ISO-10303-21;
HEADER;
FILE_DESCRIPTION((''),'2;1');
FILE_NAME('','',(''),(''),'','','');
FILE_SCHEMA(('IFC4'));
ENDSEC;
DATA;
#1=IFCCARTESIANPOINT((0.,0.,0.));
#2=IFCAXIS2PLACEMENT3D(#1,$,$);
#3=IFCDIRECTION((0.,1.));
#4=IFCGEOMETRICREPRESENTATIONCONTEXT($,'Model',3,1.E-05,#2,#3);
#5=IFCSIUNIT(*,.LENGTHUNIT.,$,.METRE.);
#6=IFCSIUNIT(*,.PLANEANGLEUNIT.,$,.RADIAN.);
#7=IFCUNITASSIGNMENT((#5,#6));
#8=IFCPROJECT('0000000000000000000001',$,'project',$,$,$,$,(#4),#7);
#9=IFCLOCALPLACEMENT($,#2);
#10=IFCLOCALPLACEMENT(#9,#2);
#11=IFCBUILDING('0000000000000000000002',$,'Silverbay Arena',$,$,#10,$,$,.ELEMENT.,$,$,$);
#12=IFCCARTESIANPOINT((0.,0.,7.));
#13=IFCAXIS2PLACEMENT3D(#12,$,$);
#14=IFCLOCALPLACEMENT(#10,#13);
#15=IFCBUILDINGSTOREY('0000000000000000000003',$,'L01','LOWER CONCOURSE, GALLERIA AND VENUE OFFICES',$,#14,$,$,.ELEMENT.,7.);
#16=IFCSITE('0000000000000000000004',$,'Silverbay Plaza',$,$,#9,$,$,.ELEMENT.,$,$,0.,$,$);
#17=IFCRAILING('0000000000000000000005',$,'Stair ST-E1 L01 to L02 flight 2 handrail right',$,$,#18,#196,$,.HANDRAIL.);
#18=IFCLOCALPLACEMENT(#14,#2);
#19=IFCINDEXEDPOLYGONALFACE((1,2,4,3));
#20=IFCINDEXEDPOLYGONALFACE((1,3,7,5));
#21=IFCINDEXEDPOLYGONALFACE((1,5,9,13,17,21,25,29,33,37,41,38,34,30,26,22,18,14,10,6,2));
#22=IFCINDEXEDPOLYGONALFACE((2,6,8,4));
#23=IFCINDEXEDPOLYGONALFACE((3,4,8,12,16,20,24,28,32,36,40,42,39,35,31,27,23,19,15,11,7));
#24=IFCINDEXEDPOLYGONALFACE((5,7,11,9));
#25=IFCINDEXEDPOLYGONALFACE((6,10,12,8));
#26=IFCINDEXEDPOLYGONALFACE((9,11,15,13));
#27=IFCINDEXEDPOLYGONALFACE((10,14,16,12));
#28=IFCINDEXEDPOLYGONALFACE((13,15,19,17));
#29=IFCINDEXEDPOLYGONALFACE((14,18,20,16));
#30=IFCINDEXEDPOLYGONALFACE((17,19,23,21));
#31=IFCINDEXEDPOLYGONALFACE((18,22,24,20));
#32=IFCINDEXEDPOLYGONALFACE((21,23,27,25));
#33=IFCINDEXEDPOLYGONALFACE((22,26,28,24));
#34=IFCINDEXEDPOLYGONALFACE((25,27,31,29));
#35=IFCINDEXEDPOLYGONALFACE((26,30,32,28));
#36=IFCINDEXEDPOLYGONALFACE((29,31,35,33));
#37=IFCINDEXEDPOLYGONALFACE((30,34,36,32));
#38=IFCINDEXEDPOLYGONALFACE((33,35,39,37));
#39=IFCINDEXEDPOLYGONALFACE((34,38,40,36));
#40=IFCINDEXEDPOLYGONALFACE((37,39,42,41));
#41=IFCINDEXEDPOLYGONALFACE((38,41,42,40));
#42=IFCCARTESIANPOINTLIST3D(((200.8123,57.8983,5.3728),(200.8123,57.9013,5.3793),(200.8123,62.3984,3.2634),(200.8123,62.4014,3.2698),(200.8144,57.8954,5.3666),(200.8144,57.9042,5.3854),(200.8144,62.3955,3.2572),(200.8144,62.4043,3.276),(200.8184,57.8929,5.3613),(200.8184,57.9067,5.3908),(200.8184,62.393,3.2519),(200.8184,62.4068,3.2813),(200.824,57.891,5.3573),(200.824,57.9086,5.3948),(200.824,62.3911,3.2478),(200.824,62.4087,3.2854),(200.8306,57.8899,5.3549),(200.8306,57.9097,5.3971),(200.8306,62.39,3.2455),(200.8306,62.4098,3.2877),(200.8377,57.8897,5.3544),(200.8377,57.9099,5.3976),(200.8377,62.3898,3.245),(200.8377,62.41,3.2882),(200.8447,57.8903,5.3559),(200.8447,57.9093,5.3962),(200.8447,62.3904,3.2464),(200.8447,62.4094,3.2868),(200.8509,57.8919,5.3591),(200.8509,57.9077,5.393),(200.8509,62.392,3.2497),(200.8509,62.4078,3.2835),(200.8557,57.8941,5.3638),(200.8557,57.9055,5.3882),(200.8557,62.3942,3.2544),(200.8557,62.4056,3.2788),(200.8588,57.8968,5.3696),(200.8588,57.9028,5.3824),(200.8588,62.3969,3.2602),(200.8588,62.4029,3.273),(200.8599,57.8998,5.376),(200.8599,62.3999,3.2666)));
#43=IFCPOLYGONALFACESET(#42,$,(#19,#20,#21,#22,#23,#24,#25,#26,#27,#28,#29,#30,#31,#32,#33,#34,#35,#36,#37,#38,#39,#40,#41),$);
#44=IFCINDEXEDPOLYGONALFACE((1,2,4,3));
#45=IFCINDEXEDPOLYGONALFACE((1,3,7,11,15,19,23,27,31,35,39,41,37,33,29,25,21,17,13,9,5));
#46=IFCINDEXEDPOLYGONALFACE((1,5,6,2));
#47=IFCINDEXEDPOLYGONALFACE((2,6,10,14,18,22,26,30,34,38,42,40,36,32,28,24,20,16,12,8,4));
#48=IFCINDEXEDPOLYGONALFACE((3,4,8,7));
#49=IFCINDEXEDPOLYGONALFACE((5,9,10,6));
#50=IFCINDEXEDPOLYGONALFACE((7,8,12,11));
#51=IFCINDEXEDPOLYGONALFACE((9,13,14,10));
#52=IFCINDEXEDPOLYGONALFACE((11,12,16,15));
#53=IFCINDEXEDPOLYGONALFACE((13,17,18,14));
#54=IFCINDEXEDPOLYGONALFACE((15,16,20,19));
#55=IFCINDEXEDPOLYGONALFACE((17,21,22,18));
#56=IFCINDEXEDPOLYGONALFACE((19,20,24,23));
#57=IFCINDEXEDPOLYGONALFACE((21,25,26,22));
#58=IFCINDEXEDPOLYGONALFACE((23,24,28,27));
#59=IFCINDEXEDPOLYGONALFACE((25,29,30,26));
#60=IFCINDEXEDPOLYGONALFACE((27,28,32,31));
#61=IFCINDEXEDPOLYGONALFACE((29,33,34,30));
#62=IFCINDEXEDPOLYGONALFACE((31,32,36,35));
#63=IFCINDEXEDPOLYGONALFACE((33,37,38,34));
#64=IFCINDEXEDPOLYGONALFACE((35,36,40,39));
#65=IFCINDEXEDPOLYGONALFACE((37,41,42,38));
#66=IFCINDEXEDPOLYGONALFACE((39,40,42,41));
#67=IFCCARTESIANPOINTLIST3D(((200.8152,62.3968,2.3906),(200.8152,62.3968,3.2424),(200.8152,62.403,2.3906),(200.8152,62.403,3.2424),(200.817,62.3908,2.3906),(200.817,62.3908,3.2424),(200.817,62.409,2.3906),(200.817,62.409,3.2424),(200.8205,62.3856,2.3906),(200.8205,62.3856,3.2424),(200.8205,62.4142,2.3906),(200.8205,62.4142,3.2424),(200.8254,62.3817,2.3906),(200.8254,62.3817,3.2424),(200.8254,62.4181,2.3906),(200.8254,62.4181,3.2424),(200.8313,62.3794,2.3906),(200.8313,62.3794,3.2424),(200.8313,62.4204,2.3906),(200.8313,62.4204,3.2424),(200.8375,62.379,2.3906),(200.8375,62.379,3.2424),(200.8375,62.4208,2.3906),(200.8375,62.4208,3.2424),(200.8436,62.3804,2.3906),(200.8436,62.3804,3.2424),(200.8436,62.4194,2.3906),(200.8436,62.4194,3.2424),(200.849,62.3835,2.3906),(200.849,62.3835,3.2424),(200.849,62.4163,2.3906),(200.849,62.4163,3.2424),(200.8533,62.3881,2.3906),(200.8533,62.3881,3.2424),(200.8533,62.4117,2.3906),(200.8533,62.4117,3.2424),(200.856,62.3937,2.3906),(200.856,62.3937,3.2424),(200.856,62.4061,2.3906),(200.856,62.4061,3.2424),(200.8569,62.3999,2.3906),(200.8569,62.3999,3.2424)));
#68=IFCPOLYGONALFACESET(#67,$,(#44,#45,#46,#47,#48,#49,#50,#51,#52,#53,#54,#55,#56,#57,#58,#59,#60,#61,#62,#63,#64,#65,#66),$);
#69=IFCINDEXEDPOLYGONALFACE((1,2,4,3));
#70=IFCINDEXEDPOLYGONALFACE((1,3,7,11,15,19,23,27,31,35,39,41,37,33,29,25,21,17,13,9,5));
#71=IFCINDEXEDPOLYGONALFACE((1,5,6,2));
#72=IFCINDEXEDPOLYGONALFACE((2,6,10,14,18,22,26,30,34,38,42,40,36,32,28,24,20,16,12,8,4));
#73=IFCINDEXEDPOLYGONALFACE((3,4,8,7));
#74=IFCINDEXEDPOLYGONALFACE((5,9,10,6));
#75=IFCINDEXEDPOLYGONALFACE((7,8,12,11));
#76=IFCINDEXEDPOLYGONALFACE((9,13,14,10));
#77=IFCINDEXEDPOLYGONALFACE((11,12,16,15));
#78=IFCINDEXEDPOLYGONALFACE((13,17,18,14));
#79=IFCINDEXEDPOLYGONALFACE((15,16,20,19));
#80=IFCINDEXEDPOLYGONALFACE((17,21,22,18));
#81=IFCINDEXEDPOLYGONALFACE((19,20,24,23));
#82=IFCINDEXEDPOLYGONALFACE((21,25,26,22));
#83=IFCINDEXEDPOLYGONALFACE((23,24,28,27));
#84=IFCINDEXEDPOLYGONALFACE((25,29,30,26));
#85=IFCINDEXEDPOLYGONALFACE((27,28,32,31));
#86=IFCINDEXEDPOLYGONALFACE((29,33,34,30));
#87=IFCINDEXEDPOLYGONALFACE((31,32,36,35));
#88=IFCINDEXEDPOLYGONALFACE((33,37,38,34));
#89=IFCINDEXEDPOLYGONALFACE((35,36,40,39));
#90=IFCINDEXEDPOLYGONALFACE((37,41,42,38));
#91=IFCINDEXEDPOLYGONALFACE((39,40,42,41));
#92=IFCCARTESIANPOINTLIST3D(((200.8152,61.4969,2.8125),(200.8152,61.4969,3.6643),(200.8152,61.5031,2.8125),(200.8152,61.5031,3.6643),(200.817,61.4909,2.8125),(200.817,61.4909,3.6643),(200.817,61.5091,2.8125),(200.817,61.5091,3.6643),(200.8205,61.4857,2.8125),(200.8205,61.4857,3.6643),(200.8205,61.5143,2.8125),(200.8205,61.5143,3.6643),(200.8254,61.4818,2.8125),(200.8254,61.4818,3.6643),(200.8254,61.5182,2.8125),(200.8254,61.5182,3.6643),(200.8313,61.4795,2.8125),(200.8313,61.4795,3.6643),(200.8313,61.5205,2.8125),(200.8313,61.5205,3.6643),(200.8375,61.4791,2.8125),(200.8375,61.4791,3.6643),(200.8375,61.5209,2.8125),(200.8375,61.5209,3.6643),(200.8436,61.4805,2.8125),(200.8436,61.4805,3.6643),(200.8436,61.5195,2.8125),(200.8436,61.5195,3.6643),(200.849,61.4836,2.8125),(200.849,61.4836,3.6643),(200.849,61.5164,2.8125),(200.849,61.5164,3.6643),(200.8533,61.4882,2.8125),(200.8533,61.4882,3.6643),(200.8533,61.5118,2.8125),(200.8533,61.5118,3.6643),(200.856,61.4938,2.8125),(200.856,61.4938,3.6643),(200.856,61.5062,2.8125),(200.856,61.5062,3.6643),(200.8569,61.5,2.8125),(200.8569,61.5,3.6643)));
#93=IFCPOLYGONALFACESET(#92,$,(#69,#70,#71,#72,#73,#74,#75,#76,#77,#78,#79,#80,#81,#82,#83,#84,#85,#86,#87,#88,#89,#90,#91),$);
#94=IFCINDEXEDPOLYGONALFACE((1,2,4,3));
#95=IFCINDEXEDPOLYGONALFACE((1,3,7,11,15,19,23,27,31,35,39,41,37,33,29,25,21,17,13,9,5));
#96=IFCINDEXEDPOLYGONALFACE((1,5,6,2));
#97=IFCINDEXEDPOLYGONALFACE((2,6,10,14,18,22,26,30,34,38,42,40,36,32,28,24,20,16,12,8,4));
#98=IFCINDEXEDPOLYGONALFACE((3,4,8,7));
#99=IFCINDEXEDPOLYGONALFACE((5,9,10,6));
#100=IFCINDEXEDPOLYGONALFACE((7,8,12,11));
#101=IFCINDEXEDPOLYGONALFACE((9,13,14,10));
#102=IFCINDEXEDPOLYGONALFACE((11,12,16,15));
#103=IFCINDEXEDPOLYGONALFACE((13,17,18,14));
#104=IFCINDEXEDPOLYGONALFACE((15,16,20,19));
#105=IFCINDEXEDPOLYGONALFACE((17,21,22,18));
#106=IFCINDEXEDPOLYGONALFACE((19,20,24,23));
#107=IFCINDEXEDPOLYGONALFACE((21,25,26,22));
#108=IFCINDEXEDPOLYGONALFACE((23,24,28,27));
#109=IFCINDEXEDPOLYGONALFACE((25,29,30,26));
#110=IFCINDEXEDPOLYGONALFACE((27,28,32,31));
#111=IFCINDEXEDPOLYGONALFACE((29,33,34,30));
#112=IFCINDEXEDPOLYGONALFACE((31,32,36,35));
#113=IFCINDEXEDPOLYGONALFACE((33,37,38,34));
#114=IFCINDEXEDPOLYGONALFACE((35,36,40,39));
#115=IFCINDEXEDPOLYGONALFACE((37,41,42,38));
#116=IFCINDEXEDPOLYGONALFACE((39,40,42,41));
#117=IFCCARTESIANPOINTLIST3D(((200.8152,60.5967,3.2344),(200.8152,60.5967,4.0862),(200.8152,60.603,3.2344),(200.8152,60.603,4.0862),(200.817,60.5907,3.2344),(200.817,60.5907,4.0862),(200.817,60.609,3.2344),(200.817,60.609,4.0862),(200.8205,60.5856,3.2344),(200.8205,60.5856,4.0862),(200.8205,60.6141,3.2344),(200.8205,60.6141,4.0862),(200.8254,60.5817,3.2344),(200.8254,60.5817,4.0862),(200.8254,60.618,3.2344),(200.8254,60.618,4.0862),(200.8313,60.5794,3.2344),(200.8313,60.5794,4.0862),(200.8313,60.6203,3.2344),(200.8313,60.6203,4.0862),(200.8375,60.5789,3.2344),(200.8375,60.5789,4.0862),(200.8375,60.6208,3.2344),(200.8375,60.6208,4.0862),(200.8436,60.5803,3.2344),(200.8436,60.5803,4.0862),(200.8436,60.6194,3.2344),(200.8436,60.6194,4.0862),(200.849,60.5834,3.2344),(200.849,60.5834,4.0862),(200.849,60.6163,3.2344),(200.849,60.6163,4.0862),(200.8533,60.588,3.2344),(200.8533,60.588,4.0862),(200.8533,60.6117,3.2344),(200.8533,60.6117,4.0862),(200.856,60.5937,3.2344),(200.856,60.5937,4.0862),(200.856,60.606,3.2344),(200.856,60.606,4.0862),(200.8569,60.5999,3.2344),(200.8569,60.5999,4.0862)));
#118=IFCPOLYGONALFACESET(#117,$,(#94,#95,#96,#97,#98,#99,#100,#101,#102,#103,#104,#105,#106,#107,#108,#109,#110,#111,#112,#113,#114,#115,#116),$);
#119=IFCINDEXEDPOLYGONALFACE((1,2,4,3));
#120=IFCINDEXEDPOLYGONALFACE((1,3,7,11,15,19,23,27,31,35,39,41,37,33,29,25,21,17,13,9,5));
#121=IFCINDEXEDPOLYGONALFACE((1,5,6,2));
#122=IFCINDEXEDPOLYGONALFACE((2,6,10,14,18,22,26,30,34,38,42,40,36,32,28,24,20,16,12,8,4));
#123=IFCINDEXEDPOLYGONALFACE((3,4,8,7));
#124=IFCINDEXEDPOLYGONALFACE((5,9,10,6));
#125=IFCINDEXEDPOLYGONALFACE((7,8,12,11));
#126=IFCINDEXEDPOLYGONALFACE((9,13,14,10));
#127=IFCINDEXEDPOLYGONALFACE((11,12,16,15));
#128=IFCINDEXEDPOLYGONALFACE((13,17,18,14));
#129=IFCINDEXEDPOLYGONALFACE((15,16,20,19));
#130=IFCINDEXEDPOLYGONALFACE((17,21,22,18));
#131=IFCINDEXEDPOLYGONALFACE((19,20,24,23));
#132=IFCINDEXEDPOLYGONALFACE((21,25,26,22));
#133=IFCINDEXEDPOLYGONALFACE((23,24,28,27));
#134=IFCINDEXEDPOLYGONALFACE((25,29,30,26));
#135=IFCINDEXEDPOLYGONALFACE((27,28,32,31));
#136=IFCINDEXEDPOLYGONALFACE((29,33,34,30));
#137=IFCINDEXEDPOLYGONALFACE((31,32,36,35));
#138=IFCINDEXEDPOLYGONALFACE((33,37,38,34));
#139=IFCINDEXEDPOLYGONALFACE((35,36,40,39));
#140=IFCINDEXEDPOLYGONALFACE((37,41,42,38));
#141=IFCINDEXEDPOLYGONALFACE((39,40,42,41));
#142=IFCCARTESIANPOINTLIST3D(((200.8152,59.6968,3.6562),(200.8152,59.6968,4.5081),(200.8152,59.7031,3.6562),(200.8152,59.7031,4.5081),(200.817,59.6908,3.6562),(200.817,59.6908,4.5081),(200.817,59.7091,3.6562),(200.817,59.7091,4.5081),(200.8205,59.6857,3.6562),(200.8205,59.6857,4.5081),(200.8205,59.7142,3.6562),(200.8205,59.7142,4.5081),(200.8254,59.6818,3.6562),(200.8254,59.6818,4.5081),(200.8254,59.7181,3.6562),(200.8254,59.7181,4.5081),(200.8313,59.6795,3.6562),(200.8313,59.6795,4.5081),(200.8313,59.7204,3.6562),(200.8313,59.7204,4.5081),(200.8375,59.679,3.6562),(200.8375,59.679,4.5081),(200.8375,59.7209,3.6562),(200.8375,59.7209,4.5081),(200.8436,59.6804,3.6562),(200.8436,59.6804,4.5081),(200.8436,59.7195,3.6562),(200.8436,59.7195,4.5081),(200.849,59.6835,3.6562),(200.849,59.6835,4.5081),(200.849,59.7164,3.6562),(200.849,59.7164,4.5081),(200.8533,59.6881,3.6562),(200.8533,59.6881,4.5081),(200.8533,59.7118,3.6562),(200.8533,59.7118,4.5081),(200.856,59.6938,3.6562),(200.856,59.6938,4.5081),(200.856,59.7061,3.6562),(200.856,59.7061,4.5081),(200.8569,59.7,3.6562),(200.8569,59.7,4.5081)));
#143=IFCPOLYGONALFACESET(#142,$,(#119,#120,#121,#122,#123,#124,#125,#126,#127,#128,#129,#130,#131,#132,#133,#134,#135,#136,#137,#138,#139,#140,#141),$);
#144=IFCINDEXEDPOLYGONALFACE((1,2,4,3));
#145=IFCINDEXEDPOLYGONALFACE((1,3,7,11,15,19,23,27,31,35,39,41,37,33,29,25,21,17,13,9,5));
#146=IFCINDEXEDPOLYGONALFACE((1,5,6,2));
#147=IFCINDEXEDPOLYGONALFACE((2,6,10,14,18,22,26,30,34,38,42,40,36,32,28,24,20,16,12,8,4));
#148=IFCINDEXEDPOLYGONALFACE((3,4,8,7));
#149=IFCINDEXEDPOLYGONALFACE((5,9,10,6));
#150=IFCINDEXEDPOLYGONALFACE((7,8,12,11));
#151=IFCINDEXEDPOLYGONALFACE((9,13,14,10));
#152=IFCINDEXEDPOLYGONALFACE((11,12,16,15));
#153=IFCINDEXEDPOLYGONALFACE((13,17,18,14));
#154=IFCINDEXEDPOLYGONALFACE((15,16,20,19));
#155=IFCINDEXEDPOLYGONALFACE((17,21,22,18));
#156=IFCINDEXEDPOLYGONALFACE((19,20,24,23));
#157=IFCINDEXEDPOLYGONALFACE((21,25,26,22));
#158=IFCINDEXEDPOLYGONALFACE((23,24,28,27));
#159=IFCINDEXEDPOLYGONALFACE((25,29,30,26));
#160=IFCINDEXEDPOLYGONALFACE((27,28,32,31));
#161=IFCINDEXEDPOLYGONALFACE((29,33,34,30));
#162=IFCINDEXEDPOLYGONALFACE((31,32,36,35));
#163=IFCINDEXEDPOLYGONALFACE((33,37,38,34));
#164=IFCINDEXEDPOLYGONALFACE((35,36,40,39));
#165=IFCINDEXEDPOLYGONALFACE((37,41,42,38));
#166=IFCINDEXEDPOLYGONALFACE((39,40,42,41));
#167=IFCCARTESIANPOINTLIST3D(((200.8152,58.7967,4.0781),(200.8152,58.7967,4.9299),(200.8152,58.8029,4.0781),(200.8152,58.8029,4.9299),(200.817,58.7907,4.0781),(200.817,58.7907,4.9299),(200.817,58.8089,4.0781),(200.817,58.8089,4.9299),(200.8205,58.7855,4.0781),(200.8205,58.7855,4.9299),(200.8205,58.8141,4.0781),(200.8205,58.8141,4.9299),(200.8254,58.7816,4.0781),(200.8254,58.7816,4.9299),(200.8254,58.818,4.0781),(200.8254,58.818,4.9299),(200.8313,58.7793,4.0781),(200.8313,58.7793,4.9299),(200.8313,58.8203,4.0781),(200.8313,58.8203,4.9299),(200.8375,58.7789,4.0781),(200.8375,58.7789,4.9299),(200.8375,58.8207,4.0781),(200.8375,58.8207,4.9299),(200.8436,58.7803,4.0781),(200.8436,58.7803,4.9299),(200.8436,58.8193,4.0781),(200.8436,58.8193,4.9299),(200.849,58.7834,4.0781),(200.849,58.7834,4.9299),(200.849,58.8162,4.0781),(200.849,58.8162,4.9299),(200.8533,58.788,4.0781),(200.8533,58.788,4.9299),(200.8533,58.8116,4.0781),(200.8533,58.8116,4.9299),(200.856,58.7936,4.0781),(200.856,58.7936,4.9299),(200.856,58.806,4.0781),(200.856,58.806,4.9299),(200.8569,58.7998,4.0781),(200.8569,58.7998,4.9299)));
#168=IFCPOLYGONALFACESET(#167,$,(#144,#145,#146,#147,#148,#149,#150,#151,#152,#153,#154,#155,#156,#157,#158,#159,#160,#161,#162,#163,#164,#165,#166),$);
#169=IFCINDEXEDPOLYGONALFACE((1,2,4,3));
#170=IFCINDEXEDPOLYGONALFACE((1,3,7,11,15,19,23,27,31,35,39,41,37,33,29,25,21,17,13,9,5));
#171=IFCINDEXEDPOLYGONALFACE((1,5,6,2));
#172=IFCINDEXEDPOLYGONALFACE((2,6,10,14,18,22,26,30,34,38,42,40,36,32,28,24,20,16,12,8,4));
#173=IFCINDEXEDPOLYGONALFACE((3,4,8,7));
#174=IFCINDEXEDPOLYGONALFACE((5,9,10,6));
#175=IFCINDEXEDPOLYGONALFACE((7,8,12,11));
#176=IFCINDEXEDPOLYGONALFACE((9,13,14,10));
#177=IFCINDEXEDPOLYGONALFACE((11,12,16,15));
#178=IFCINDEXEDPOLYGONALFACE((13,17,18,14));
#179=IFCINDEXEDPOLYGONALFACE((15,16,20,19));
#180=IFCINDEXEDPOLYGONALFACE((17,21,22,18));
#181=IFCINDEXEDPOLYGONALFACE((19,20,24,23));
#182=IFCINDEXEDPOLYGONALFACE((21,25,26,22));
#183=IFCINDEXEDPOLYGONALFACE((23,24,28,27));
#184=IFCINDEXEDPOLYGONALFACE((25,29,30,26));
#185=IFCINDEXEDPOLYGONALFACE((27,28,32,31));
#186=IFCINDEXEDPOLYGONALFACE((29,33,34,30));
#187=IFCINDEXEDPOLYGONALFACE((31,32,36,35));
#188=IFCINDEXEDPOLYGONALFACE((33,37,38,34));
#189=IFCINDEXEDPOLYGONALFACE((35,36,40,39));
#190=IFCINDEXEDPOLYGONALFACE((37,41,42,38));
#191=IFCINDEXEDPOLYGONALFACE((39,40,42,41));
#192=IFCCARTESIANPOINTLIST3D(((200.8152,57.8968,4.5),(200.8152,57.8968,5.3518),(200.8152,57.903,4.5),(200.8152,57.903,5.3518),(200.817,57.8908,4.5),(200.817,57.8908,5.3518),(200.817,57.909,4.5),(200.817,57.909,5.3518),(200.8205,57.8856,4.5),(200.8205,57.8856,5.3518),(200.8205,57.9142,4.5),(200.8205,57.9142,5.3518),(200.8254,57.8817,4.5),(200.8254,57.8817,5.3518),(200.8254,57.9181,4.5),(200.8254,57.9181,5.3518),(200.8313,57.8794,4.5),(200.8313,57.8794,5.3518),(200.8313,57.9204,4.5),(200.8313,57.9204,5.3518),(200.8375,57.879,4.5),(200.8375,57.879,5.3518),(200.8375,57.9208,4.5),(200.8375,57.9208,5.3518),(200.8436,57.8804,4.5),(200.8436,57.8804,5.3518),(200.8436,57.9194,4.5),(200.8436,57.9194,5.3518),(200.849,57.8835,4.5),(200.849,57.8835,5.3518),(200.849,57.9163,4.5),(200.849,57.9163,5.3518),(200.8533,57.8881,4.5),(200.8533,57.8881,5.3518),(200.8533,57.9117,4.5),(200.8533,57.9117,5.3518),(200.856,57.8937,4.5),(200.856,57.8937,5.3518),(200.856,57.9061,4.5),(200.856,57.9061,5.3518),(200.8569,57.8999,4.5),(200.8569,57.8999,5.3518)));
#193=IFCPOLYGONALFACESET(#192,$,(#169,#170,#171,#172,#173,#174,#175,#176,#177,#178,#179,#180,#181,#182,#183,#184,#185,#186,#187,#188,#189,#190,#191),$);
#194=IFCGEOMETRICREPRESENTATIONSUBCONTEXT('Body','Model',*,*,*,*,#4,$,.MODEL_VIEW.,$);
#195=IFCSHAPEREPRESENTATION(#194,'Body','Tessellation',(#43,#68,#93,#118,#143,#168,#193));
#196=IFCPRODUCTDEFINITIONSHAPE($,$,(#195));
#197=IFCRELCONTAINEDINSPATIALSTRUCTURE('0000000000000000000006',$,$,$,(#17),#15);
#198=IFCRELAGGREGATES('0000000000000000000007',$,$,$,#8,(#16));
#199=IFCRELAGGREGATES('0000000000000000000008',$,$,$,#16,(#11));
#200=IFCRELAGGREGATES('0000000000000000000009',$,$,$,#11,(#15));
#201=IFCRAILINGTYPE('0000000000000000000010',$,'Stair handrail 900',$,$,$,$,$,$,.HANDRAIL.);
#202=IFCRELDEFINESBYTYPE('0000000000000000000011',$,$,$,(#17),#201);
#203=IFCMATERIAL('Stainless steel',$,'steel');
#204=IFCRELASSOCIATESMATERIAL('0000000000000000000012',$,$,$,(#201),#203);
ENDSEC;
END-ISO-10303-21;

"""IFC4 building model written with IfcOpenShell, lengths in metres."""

from ifc_helpers import new_model, si_unit, direction, frame, origin, origin_2d, place, context, subcontext, project, spatial, circle, extrude, material, type_object, element, save


model = new_model("IFC4")

# Units and contexts
model_context = context("Model", 3, precision=1e-05, world=origin(), true_north=direction((0.0, 1.0)))
body_context = subcontext(model_context, "Body", "Model", "MODEL_VIEW")
ifc_project = project(units=[si_unit("LENGTHUNIT", "METRE"), si_unit("PLANEANGLEUNIT", "RADIAN")], contexts=[model_context])

# Site, building, storey
site_placement = place(None, origin())
site = spatial("IfcSite", under=ifc_project, at=site_placement, Name="Silverbay Plaza", CompositionType="ELEMENT", RefElevation=0.0)
building_placement = place(site_placement, origin())
building = spatial("IfcBuilding", under=site, at=building_placement, Name="Silverbay Arena", CompositionType="ELEMENT")
storey_placement = place(building_placement, frame((0.0, 0.0, 7.0)))
storey = spatial("IfcBuildingStorey", under=building, at=storey_placement, Name="L01", Description="LOWER CONCOURSE, GALLERIA AND VENUE OFFICES", CompositionType="ELEMENT", Elevation=7.0)

# Railing
ifc_material_1 = material(Name="Stainless steel", Category="steel")
railing_type_1 = type_object("IfcRailingType", Name="Stair handrail 900", PredefinedType="HANDRAIL", material=ifc_material_1)
for number, where, name in (
    (1, (200.8359, 62.3999, 2.3906), "Stair ST-E1 L01 to L02 flight 2 handrail right"),
):
    element("IfcRailing", number, at=place(storey_placement, frame(where)), inside=storey, type_object=railing_type_1, Name=name, PredefinedType="HANDRAIL", context=body_context, shape_type="SweptSolid", body=[
        extrude(circle(Radius=0.0239, at=origin_2d()), frame((0.0, 0.0, 0.876), z_axis=(0.0, -0.905459, 0.424434), x_axis=(1.0, 0.0, 0.0)), (0.0, 0.0, 1.0), 4.97),
        extrude(circle(Radius=0.021, at=origin_2d()), origin(), (0.0, 0.0, 1.0), 0.8518),
        extrude(circle(Radius=0.021, at=origin_2d()), frame((0.0, -0.8999, 0.4219)), (0.0, 0.0, 1.0), 0.8518),
        extrude(circle(Radius=0.021, at=origin_2d()), frame((0.0, -1.8, 0.8438)), (0.0, 0.0, 1.0), 0.8518),
        extrude(circle(Radius=0.021, at=origin_2d()), frame((0.0, -2.7, 1.2656)), (0.0, 0.0, 1.0), 0.8518),
        extrude(circle(Radius=0.021, at=origin_2d()), frame((0.0, -3.6001, 1.6875)), (0.0, 0.0, 1.0), 0.8518),
        extrude(circle(Radius=0.021, at=origin_2d()), frame((0.0, -4.5, 2.1094)), (0.0, 0.0, 1.0), 0.8518),
    ])

save(model, "model.ifc")
